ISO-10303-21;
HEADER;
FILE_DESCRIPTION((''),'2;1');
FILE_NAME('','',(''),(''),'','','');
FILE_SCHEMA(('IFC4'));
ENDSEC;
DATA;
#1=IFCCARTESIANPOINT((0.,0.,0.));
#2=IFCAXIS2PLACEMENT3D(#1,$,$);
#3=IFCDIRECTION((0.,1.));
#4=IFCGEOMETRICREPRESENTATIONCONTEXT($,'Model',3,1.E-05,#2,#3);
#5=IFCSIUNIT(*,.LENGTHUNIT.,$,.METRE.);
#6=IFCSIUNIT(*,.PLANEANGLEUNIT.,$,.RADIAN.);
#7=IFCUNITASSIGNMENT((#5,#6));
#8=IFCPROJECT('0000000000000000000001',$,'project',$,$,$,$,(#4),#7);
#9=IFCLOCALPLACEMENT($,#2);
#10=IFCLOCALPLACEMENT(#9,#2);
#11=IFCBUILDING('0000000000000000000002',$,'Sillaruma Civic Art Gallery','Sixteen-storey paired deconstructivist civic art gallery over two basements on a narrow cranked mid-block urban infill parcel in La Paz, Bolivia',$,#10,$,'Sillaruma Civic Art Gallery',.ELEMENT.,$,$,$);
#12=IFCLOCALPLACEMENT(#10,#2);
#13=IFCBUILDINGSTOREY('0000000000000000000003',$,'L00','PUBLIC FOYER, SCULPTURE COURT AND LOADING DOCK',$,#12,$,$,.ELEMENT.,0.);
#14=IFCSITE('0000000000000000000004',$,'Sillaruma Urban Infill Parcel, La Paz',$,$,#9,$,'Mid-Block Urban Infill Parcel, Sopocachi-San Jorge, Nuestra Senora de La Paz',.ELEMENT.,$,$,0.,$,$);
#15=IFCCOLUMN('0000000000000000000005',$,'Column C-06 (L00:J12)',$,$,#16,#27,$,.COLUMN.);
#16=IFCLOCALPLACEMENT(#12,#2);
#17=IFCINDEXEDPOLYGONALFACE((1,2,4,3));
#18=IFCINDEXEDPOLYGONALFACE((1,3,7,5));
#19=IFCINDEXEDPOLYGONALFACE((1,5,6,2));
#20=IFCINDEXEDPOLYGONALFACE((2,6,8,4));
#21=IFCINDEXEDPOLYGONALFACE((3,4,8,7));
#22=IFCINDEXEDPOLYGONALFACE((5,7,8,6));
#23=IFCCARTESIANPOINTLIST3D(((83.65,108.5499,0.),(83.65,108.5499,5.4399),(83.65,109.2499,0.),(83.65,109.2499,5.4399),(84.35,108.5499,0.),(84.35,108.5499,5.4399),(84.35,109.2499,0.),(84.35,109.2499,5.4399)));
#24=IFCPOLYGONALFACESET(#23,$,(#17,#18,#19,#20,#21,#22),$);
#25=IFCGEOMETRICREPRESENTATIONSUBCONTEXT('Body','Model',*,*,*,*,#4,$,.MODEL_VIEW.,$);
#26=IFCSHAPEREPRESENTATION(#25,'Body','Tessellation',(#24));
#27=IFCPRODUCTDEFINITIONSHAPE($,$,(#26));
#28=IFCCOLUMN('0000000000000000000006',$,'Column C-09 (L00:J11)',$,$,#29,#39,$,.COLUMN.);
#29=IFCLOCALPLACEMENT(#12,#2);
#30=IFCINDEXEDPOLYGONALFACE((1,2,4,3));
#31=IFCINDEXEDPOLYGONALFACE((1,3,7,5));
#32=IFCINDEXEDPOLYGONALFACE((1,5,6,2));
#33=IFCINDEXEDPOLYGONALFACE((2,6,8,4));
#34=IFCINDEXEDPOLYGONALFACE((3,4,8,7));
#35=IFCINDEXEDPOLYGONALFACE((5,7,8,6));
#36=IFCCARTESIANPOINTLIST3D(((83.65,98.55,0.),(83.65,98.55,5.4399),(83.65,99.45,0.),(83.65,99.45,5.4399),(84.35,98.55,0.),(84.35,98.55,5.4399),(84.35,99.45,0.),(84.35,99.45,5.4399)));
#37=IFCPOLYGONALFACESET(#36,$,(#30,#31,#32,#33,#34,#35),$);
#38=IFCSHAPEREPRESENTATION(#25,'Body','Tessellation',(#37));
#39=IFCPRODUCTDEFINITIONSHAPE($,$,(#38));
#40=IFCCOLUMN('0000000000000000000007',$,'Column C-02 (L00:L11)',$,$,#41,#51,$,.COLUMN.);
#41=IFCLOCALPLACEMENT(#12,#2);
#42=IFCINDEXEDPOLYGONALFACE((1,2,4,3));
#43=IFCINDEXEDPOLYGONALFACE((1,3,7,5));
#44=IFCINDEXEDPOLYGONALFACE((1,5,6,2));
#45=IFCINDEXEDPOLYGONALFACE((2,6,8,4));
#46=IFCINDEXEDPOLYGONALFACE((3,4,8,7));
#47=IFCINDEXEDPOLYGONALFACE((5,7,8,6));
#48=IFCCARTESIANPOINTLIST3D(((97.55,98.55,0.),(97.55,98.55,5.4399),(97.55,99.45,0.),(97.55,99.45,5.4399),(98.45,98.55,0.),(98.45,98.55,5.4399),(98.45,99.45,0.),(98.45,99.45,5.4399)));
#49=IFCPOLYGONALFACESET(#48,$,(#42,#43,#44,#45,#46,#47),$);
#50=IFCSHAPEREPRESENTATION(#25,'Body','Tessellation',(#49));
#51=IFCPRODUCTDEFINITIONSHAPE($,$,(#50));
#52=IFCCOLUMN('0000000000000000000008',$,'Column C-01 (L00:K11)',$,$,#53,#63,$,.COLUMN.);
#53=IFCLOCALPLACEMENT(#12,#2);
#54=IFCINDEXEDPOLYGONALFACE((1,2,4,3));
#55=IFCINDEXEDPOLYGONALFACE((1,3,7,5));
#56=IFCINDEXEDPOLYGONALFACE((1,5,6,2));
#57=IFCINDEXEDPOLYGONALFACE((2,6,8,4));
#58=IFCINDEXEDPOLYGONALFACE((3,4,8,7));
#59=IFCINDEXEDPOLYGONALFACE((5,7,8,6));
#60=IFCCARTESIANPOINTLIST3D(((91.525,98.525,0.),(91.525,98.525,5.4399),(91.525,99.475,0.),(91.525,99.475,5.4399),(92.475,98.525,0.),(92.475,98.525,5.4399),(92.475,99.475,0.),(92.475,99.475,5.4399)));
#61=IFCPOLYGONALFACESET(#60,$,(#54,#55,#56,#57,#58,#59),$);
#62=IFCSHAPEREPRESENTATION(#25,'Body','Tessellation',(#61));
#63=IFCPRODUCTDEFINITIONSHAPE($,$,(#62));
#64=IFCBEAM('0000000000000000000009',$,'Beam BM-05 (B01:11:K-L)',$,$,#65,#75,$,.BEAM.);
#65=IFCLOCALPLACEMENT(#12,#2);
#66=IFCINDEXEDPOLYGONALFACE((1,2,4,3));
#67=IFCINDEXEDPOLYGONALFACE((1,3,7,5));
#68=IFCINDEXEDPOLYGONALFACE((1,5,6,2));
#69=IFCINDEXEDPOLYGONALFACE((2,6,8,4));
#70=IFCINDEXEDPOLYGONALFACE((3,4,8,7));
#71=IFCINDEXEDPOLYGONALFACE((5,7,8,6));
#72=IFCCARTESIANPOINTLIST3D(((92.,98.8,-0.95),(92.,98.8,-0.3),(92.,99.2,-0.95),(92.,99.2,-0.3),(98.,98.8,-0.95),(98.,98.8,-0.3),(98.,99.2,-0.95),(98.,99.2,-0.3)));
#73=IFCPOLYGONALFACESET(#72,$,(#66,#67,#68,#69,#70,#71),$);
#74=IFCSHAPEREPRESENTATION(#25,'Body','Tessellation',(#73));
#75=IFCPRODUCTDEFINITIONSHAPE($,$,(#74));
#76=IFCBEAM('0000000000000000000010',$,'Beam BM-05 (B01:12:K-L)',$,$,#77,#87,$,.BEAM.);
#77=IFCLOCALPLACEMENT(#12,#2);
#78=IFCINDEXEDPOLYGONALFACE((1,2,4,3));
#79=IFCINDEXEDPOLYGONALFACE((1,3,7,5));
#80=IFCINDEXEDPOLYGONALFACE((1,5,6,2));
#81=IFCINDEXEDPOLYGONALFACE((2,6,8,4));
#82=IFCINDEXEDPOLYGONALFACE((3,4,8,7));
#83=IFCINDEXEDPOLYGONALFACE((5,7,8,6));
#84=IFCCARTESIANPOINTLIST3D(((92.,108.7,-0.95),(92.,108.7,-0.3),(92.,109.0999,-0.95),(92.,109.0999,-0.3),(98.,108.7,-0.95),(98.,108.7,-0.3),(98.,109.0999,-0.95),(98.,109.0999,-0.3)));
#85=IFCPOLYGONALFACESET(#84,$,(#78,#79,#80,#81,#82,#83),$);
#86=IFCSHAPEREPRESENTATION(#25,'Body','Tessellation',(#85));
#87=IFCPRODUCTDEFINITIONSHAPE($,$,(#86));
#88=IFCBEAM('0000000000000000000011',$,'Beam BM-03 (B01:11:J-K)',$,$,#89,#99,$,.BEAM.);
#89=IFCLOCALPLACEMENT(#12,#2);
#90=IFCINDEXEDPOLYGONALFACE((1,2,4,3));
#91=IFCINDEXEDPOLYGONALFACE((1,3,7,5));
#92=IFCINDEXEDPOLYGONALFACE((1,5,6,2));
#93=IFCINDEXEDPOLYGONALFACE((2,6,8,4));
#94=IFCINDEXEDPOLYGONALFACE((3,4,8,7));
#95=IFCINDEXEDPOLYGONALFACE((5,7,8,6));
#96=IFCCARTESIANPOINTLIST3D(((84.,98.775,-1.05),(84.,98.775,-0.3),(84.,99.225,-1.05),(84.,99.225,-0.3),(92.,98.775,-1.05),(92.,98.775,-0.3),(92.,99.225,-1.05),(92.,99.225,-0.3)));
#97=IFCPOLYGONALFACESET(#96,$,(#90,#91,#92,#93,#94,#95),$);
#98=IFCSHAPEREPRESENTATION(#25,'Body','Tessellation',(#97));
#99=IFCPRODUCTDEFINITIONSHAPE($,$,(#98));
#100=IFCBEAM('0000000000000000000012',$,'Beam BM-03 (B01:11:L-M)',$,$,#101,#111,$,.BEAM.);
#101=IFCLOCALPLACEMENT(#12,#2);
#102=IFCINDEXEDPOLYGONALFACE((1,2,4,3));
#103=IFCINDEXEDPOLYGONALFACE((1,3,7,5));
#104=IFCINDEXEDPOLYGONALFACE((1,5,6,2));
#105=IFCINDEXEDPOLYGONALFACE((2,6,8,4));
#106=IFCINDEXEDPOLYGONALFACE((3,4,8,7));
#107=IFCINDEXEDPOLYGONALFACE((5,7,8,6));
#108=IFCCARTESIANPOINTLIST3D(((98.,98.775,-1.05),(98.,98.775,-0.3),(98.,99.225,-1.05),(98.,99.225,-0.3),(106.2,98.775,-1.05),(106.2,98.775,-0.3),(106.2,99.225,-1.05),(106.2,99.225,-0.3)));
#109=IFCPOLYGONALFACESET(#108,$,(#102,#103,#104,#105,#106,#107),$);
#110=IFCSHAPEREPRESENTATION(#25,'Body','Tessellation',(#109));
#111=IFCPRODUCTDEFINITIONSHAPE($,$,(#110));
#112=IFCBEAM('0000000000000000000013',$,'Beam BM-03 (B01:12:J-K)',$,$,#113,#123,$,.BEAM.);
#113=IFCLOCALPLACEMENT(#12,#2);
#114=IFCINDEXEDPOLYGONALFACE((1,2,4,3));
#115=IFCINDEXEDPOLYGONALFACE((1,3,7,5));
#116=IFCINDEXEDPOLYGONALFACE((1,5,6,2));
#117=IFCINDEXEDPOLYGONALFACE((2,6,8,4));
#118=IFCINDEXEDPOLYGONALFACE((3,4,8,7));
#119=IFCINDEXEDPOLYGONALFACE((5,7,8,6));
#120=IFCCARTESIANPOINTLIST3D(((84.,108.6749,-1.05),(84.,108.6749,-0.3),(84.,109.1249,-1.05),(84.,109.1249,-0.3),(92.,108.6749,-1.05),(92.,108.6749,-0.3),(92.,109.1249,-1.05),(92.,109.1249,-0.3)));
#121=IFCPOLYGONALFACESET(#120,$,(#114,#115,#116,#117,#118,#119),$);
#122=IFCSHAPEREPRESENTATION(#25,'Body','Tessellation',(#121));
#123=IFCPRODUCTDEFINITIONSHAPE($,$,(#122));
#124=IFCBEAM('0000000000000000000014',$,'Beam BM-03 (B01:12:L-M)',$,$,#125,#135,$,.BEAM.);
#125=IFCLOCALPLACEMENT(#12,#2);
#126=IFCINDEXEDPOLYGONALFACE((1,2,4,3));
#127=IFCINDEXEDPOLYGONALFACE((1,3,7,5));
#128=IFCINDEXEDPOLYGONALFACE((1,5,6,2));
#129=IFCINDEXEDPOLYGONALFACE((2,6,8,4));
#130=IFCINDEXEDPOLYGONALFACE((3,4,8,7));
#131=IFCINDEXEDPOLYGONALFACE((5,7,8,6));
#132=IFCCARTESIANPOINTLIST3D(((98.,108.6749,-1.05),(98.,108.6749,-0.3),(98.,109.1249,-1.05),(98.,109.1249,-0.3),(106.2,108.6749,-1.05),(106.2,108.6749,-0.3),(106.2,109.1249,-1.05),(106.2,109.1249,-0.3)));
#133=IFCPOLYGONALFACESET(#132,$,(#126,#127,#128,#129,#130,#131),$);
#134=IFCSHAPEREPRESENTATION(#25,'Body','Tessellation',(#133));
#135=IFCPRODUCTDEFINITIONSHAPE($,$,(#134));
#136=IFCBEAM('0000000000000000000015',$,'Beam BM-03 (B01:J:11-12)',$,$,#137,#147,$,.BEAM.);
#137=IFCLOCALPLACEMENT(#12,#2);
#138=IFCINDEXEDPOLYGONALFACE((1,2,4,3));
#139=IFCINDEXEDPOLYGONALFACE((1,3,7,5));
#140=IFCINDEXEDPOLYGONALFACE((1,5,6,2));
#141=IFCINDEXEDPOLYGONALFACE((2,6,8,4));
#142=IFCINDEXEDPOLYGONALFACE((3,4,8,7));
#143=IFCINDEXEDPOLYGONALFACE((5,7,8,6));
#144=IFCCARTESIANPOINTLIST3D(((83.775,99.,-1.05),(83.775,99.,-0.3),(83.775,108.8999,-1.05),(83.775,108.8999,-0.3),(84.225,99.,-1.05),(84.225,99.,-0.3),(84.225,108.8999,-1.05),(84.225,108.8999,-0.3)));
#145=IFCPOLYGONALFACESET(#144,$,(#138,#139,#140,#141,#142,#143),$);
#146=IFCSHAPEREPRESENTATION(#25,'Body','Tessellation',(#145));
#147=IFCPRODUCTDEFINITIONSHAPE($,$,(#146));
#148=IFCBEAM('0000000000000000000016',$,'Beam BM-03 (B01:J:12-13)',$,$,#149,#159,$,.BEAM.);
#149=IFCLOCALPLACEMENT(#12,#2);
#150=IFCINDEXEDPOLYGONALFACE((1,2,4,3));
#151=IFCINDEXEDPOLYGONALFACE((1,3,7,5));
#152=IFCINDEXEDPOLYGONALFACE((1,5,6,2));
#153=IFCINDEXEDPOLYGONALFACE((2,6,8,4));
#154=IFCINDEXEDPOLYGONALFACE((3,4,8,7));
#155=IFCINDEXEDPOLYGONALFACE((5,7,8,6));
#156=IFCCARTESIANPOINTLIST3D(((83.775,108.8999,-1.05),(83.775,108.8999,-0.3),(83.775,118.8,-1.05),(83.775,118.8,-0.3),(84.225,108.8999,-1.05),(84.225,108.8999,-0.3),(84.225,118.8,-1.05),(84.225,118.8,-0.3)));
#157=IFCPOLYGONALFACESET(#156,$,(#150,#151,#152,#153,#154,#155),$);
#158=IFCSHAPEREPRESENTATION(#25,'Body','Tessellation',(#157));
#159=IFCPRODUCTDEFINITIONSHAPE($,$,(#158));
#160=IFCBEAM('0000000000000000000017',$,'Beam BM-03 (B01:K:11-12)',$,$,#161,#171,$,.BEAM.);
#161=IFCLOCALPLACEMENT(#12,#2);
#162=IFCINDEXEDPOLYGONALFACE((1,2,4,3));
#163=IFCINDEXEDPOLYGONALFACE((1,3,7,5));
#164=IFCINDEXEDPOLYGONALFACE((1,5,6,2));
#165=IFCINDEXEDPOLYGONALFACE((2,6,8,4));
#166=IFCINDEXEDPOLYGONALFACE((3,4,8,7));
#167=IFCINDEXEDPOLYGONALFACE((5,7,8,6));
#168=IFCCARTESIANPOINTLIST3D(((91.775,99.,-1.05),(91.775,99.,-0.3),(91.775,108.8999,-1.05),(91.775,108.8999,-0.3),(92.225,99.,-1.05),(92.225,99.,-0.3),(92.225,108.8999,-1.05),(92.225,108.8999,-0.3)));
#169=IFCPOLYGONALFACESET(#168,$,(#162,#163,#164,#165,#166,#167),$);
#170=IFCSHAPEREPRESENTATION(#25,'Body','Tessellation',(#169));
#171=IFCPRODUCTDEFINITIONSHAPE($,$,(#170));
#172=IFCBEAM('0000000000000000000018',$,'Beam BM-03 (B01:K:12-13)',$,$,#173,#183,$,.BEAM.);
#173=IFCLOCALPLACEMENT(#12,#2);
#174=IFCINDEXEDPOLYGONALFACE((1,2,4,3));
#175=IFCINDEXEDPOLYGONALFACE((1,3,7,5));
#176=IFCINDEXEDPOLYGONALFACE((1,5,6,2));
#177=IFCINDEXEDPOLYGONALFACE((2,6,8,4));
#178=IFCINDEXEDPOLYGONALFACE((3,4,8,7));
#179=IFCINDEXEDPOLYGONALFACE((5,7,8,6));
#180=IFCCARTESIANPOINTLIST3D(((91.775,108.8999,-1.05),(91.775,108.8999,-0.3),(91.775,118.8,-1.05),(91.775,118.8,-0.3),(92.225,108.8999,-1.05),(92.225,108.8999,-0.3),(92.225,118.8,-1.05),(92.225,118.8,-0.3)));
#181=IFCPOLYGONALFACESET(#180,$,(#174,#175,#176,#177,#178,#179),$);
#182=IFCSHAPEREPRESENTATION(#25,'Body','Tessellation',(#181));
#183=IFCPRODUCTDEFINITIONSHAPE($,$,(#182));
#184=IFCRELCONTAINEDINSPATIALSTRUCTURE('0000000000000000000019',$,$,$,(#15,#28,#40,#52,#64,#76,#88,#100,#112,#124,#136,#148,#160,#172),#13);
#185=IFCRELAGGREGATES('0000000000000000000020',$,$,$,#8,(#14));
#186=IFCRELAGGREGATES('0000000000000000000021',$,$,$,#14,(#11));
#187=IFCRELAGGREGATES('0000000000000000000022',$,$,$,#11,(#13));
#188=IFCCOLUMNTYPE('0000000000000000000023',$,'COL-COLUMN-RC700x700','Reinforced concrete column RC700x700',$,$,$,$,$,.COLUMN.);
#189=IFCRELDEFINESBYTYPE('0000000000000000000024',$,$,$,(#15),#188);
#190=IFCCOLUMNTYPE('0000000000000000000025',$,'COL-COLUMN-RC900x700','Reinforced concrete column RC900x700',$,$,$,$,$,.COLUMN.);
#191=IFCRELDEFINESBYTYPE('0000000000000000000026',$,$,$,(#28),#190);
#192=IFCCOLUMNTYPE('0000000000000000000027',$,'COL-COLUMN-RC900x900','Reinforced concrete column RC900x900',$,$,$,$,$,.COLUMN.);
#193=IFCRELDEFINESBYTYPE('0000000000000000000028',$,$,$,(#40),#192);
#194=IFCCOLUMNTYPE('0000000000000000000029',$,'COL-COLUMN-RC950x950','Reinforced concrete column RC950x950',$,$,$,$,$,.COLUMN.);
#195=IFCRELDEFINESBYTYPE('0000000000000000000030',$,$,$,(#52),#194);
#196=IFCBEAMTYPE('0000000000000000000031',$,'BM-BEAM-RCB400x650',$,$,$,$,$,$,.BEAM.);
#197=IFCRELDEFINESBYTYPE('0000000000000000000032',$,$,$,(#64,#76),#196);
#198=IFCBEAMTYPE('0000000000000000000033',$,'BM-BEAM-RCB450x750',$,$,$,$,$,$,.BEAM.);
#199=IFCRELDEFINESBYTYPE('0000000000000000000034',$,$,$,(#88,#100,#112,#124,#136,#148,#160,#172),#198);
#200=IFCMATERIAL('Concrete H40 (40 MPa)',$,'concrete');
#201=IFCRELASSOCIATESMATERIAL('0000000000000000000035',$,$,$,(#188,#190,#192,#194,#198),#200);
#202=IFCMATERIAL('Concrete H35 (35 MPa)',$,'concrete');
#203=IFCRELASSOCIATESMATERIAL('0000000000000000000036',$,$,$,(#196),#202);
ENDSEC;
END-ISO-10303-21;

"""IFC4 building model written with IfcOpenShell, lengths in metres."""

from ifc_helpers import new_model, si_unit, direction, frame, origin, origin_2d, place, context, subcontext, project, spatial, rectangle, extrude, material, material_profile, profile_set, type_object, element, save


model = new_model("IFC4")

# Units and contexts
model_context = context("Model", 3, precision=1e-05, world=origin(), true_north=direction((0.0, 1.0)))
body_context = subcontext(model_context, "Body", "Model", "MODEL_VIEW")
ifc_project = project(units=[si_unit("LENGTHUNIT", "METRE"), si_unit("PLANEANGLEUNIT", "RADIAN")], contexts=[model_context])

# Site, building, storey
site_placement = place(None, origin())
site = spatial("IfcSite", under=ifc_project, at=site_placement, Name="Sillaruma Urban Infill Parcel, La Paz", LongName="Mid-Block Urban Infill Parcel, Sopocachi-San Jorge, Nuestra Senora de La Paz", CompositionType="ELEMENT", RefElevation=0.0)
building_placement = place(site_placement, origin())
building = spatial("IfcBuilding", under=site, at=building_placement, Name="Sillaruma Civic Art Gallery", Description="Sixteen-storey paired deconstructivist civic art gallery over two basements on a narrow cranked mid-block urban infill parcel in La Paz, Bolivia", LongName="Sillaruma Civic Art Gallery", CompositionType="ELEMENT")
storey_placement = place(building_placement, origin())
storey = spatial("IfcBuildingStorey", under=building, at=storey_placement, Name="L00", Description="PUBLIC FOYER, SCULPTURE COURT AND LOADING DOCK", CompositionType="ELEMENT", Elevation=0.0)

# Columns
ifc_material_1 = material(Name="Concrete H40 (40 MPa)", Category="concrete")
ifc_material_profile_1 = material_profile(ifc_material_1, rectangle(XDim=0.7, YDim=0.7, at=origin_2d()), Name="RC700x700")
ifc_profile_set_1 = profile_set([ifc_material_profile_1], Name="Concrete H40 (40 MPa)")
column_type_1 = type_object("IfcColumnType", Name="COL-COLUMN-RC700x700", Description="Reinforced concrete column RC700x700", PredefinedType="COLUMN", material=ifc_profile_set_1)
column_1_placement = place(storey_placement, frame((84.0, 108.8999, 0.0), z_axis=(0.0, 0.0, 1.0), x_axis=(1.0, 0.0, 0.0)))
element("IfcColumn", 1, at=column_1_placement, inside=storey, type_object=column_type_1, Name="Column C-06 (L00:J12)", PredefinedType="COLUMN", context=body_context, shape_type="SweptSolid", body=[
    extrude(rectangle(XDim=0.7, YDim=0.7, at=origin_2d()), origin(), (0.0, 0.0, 1.0), 5.4399),
])
ifc_material_profile_2 = material_profile(ifc_material_1, rectangle(XDim=0.7, YDim=0.8999, at=origin_2d()), Name="RC900x700")
ifc_profile_set_2 = profile_set([ifc_material_profile_2], Name="Concrete H40 (40 MPa)")
column_type_2 = type_object("IfcColumnType", Name="COL-COLUMN-RC900x700", Description="Reinforced concrete column RC900x700", PredefinedType="COLUMN", material=ifc_profile_set_2)
column_2_placement = place(storey_placement, frame((84.0, 99.0, 0.0), z_axis=(0.0, 0.0, 1.0), x_axis=(1.0, 0.0, 0.0)))
element("IfcColumn", 2, at=column_2_placement, inside=storey, type_object=column_type_2, Name="Column C-09 (L00:J11)", PredefinedType="COLUMN", context=body_context, shape_type="SweptSolid", body=[
    extrude(rectangle(XDim=0.7, YDim=0.8999, at=origin_2d()), origin(), (0.0, 0.0, 1.0), 5.4399),
])
ifc_material_profile_3 = material_profile(ifc_material_1, rectangle(XDim=0.8999, YDim=0.8999, at=origin_2d()), Name="RC900x900")
ifc_profile_set_3 = profile_set([ifc_material_profile_3], Name="Concrete H40 (40 MPa)")
column_type_3 = type_object("IfcColumnType", Name="COL-COLUMN-RC900x900", Description="Reinforced concrete column RC900x900", PredefinedType="COLUMN", material=ifc_profile_set_3)
column_3_placement = place(storey_placement, frame((98.0, 99.0, 0.0), z_axis=(0.0, 0.0, 1.0), x_axis=(1.0, 0.0, 0.0)))
element("IfcColumn", 3, at=column_3_placement, inside=storey, type_object=column_type_3, Name="Column C-02 (L00:L11)", PredefinedType="COLUMN", context=body_context, shape_type="SweptSolid", body=[
    extrude(rectangle(XDim=0.8999, YDim=0.8999, at=origin_2d()), origin(), (0.0, 0.0, 1.0), 5.4399),
])
ifc_material_profile_4 = material_profile(ifc_material_1, rectangle(XDim=0.95, YDim=0.95, at=origin_2d()), Name="RC950x950")
ifc_profile_set_4 = profile_set([ifc_material_profile_4], Name="Concrete H40 (40 MPa)")
column_type_4 = type_object("IfcColumnType", Name="COL-COLUMN-RC950x950", Description="Reinforced concrete column RC950x950", PredefinedType="COLUMN", material=ifc_profile_set_4)
column_4_placement = place(storey_placement, frame((92.0, 99.0, 0.0), z_axis=(0.0, 0.0, 1.0), x_axis=(1.0, 0.0, 0.0)))
element("IfcColumn", 4, at=column_4_placement, inside=storey, type_object=column_type_4, Name="Column C-01 (L00:K11)", PredefinedType="COLUMN", context=body_context, shape_type="SweptSolid", body=[
    extrude(rectangle(XDim=0.95, YDim=0.95, at=origin_2d()), origin(), (0.0, 0.0, 1.0), 5.4399),
])

# Beams
ifc_material_2 = material(Name="Concrete H35 (35 MPa)", Category="concrete")
ifc_material_profile_5 = material_profile(ifc_material_2, rectangle(XDim=0.3999, YDim=0.6499, at=origin_2d()), Name="RCB400x650")
ifc_profile_set_5 = profile_set([ifc_material_profile_5], Name="Concrete H35 (35 MPa)")
beam_type_1 = type_object("IfcBeamType", Name="BM-BEAM-RCB400x650", PredefinedType="BEAM", material=ifc_profile_set_5)
for number, where, z_axis, x_axis, name in (
    (5, (92.0, 99.0, -0.625), (1.0, 0.0, 0.0), (0.0, 1.0, 0.0), "Beam BM-05 (B01:11:K-L)"),
    (6, (92.0, 108.8999, -0.625), (1.0, 0.0, 0.0), (0.0, 1.0, 0.0), "Beam BM-05 (B01:12:K-L)"),
):
    element("IfcBeam", number, at=place(storey_placement, frame(where, z_axis=z_axis, x_axis=x_axis)), inside=storey, type_object=beam_type_1, Name=name, PredefinedType="BEAM", context=body_context, shape_type="SweptSolid", body=[
        extrude(rectangle(XDim=0.3999, YDim=0.6499, at=origin_2d()), origin(), (0.0, 0.0, 1.0), 6.0),
    ])
ifc_material_profile_6 = material_profile(ifc_material_1, rectangle(XDim=0.45, YDim=0.75, at=origin_2d()), Name="RCB450x750")
ifc_profile_set_6 = profile_set([ifc_material_profile_6], Name="Concrete H40 (40 MPa)")
beam_type_2 = type_object("IfcBeamType", Name="BM-BEAM-RCB450x750", PredefinedType="BEAM", material=ifc_profile_set_6)
beam_1_placement = place(storey_placement, frame((84.0, 99.0, -0.675), z_axis=(1.0, 0.0, 0.0), x_axis=(0.0, 1.0, 0.0)))
element("IfcBeam", 7, at=beam_1_placement, inside=storey, type_object=beam_type_2, Name="Beam BM-03 (B01:11:J-K)", PredefinedType="BEAM", context=body_context, shape_type="SweptSolid", body=[
    extrude(rectangle(XDim=0.45, YDim=0.75, at=origin_2d()), origin(), (0.0, 0.0, 1.0), 8.0),
])
beam_2_placement = place(storey_placement, frame((98.0, 99.0, -0.675), z_axis=(1.0, 0.0, 0.0), x_axis=(0.0, 1.0, 0.0)))
element("IfcBeam", 8, at=beam_2_placement, inside=storey, type_object=beam_type_2, Name="Beam BM-03 (B01:11:L-M)", PredefinedType="BEAM", context=body_context, shape_type="SweptSolid", body=[
    extrude(rectangle(XDim=0.45, YDim=0.75, at=origin_2d()), origin(), (0.0, 0.0, 1.0), 8.2),
])
beam_3_placement = place(storey_placement, frame((84.0, 108.8999, -0.675), z_axis=(1.0, 0.0, 0.0), x_axis=(0.0, 1.0, 0.0)))
element("IfcBeam", 9, at=beam_3_placement, inside=storey, type_object=beam_type_2, Name="Beam BM-03 (B01:12:J-K)", PredefinedType="BEAM", context=body_context, shape_type="SweptSolid", body=[
    extrude(rectangle(XDim=0.45, YDim=0.75, at=origin_2d()), origin(), (0.0, 0.0, 1.0), 8.0),
])
beam_4_placement = place(storey_placement, frame((98.0, 108.8999, -0.675), z_axis=(1.0, 0.0, 0.0), x_axis=(0.0, 1.0, 0.0)))
element("IfcBeam", 10, at=beam_4_placement, inside=storey, type_object=beam_type_2, Name="Beam BM-03 (B01:12:L-M)", PredefinedType="BEAM", context=body_context, shape_type="SweptSolid", body=[
    extrude(rectangle(XDim=0.45, YDim=0.75, at=origin_2d()), origin(), (0.0, 0.0, 1.0), 8.2),
])
beam_5_placement = place(storey_placement, frame((84.0, 99.0, -0.675), z_axis=(0.0, 1.0, 0.0), x_axis=(-1.0, 0.0, 0.0)))
element("IfcBeam", 11, at=beam_5_placement, inside=storey, type_object=beam_type_2, Name="Beam BM-03 (B01:J:11-12)", PredefinedType="BEAM", context=body_context, shape_type="SweptSolid", body=[
    extrude(rectangle(XDim=0.45, YDim=0.75, at=origin_2d()), origin(), (0.0, 0.0, 1.0), 9.8999),
])
beam_6_placement = place(storey_placement, frame((84.0, 108.8999, -0.675), z_axis=(0.0, 1.0, 0.0), x_axis=(-1.0, 0.0, 0.0)))
element("IfcBeam", 12, at=beam_6_placement, inside=storey, type_object=beam_type_2, Name="Beam BM-03 (B01:J:12-13)", PredefinedType="BEAM", context=body_context, shape_type="SweptSolid", body=[
    extrude(rectangle(XDim=0.45, YDim=0.75, at=origin_2d()), origin(), (0.0, 0.0, 1.0), 9.9001),
])
beam_7_placement = place(storey_placement, frame((92.0, 99.0, -0.675), z_axis=(0.0, 1.0, 0.0), x_axis=(-1.0, 0.0, 0.0)))
element("IfcBeam", 13, at=beam_7_placement, inside=storey, type_object=beam_type_2, Name="Beam BM-03 (B01:K:11-12)", PredefinedType="BEAM", context=body_context, shape_type="SweptSolid", body=[
    extrude(rectangle(XDim=0.45, YDim=0.75, at=origin_2d()), origin(), (0.0, 0.0, 1.0), 9.8999),
])
beam_8_placement = place(storey_placement, frame((92.0, 108.8999, -0.675), z_axis=(0.0, 1.0, 0.0), x_axis=(-1.0, 0.0, 0.0)))
element("IfcBeam", 14, at=beam_8_placement, inside=storey, type_object=beam_type_2, Name="Beam BM-03 (B01:K:12-13)", PredefinedType="BEAM", context=body_context, shape_type="SweptSolid", body=[
    extrude(rectangle(XDim=0.45, YDim=0.75, at=origin_2d()), origin(), (0.0, 0.0, 1.0), 9.9001),
])

save(model, "model.ifc")
